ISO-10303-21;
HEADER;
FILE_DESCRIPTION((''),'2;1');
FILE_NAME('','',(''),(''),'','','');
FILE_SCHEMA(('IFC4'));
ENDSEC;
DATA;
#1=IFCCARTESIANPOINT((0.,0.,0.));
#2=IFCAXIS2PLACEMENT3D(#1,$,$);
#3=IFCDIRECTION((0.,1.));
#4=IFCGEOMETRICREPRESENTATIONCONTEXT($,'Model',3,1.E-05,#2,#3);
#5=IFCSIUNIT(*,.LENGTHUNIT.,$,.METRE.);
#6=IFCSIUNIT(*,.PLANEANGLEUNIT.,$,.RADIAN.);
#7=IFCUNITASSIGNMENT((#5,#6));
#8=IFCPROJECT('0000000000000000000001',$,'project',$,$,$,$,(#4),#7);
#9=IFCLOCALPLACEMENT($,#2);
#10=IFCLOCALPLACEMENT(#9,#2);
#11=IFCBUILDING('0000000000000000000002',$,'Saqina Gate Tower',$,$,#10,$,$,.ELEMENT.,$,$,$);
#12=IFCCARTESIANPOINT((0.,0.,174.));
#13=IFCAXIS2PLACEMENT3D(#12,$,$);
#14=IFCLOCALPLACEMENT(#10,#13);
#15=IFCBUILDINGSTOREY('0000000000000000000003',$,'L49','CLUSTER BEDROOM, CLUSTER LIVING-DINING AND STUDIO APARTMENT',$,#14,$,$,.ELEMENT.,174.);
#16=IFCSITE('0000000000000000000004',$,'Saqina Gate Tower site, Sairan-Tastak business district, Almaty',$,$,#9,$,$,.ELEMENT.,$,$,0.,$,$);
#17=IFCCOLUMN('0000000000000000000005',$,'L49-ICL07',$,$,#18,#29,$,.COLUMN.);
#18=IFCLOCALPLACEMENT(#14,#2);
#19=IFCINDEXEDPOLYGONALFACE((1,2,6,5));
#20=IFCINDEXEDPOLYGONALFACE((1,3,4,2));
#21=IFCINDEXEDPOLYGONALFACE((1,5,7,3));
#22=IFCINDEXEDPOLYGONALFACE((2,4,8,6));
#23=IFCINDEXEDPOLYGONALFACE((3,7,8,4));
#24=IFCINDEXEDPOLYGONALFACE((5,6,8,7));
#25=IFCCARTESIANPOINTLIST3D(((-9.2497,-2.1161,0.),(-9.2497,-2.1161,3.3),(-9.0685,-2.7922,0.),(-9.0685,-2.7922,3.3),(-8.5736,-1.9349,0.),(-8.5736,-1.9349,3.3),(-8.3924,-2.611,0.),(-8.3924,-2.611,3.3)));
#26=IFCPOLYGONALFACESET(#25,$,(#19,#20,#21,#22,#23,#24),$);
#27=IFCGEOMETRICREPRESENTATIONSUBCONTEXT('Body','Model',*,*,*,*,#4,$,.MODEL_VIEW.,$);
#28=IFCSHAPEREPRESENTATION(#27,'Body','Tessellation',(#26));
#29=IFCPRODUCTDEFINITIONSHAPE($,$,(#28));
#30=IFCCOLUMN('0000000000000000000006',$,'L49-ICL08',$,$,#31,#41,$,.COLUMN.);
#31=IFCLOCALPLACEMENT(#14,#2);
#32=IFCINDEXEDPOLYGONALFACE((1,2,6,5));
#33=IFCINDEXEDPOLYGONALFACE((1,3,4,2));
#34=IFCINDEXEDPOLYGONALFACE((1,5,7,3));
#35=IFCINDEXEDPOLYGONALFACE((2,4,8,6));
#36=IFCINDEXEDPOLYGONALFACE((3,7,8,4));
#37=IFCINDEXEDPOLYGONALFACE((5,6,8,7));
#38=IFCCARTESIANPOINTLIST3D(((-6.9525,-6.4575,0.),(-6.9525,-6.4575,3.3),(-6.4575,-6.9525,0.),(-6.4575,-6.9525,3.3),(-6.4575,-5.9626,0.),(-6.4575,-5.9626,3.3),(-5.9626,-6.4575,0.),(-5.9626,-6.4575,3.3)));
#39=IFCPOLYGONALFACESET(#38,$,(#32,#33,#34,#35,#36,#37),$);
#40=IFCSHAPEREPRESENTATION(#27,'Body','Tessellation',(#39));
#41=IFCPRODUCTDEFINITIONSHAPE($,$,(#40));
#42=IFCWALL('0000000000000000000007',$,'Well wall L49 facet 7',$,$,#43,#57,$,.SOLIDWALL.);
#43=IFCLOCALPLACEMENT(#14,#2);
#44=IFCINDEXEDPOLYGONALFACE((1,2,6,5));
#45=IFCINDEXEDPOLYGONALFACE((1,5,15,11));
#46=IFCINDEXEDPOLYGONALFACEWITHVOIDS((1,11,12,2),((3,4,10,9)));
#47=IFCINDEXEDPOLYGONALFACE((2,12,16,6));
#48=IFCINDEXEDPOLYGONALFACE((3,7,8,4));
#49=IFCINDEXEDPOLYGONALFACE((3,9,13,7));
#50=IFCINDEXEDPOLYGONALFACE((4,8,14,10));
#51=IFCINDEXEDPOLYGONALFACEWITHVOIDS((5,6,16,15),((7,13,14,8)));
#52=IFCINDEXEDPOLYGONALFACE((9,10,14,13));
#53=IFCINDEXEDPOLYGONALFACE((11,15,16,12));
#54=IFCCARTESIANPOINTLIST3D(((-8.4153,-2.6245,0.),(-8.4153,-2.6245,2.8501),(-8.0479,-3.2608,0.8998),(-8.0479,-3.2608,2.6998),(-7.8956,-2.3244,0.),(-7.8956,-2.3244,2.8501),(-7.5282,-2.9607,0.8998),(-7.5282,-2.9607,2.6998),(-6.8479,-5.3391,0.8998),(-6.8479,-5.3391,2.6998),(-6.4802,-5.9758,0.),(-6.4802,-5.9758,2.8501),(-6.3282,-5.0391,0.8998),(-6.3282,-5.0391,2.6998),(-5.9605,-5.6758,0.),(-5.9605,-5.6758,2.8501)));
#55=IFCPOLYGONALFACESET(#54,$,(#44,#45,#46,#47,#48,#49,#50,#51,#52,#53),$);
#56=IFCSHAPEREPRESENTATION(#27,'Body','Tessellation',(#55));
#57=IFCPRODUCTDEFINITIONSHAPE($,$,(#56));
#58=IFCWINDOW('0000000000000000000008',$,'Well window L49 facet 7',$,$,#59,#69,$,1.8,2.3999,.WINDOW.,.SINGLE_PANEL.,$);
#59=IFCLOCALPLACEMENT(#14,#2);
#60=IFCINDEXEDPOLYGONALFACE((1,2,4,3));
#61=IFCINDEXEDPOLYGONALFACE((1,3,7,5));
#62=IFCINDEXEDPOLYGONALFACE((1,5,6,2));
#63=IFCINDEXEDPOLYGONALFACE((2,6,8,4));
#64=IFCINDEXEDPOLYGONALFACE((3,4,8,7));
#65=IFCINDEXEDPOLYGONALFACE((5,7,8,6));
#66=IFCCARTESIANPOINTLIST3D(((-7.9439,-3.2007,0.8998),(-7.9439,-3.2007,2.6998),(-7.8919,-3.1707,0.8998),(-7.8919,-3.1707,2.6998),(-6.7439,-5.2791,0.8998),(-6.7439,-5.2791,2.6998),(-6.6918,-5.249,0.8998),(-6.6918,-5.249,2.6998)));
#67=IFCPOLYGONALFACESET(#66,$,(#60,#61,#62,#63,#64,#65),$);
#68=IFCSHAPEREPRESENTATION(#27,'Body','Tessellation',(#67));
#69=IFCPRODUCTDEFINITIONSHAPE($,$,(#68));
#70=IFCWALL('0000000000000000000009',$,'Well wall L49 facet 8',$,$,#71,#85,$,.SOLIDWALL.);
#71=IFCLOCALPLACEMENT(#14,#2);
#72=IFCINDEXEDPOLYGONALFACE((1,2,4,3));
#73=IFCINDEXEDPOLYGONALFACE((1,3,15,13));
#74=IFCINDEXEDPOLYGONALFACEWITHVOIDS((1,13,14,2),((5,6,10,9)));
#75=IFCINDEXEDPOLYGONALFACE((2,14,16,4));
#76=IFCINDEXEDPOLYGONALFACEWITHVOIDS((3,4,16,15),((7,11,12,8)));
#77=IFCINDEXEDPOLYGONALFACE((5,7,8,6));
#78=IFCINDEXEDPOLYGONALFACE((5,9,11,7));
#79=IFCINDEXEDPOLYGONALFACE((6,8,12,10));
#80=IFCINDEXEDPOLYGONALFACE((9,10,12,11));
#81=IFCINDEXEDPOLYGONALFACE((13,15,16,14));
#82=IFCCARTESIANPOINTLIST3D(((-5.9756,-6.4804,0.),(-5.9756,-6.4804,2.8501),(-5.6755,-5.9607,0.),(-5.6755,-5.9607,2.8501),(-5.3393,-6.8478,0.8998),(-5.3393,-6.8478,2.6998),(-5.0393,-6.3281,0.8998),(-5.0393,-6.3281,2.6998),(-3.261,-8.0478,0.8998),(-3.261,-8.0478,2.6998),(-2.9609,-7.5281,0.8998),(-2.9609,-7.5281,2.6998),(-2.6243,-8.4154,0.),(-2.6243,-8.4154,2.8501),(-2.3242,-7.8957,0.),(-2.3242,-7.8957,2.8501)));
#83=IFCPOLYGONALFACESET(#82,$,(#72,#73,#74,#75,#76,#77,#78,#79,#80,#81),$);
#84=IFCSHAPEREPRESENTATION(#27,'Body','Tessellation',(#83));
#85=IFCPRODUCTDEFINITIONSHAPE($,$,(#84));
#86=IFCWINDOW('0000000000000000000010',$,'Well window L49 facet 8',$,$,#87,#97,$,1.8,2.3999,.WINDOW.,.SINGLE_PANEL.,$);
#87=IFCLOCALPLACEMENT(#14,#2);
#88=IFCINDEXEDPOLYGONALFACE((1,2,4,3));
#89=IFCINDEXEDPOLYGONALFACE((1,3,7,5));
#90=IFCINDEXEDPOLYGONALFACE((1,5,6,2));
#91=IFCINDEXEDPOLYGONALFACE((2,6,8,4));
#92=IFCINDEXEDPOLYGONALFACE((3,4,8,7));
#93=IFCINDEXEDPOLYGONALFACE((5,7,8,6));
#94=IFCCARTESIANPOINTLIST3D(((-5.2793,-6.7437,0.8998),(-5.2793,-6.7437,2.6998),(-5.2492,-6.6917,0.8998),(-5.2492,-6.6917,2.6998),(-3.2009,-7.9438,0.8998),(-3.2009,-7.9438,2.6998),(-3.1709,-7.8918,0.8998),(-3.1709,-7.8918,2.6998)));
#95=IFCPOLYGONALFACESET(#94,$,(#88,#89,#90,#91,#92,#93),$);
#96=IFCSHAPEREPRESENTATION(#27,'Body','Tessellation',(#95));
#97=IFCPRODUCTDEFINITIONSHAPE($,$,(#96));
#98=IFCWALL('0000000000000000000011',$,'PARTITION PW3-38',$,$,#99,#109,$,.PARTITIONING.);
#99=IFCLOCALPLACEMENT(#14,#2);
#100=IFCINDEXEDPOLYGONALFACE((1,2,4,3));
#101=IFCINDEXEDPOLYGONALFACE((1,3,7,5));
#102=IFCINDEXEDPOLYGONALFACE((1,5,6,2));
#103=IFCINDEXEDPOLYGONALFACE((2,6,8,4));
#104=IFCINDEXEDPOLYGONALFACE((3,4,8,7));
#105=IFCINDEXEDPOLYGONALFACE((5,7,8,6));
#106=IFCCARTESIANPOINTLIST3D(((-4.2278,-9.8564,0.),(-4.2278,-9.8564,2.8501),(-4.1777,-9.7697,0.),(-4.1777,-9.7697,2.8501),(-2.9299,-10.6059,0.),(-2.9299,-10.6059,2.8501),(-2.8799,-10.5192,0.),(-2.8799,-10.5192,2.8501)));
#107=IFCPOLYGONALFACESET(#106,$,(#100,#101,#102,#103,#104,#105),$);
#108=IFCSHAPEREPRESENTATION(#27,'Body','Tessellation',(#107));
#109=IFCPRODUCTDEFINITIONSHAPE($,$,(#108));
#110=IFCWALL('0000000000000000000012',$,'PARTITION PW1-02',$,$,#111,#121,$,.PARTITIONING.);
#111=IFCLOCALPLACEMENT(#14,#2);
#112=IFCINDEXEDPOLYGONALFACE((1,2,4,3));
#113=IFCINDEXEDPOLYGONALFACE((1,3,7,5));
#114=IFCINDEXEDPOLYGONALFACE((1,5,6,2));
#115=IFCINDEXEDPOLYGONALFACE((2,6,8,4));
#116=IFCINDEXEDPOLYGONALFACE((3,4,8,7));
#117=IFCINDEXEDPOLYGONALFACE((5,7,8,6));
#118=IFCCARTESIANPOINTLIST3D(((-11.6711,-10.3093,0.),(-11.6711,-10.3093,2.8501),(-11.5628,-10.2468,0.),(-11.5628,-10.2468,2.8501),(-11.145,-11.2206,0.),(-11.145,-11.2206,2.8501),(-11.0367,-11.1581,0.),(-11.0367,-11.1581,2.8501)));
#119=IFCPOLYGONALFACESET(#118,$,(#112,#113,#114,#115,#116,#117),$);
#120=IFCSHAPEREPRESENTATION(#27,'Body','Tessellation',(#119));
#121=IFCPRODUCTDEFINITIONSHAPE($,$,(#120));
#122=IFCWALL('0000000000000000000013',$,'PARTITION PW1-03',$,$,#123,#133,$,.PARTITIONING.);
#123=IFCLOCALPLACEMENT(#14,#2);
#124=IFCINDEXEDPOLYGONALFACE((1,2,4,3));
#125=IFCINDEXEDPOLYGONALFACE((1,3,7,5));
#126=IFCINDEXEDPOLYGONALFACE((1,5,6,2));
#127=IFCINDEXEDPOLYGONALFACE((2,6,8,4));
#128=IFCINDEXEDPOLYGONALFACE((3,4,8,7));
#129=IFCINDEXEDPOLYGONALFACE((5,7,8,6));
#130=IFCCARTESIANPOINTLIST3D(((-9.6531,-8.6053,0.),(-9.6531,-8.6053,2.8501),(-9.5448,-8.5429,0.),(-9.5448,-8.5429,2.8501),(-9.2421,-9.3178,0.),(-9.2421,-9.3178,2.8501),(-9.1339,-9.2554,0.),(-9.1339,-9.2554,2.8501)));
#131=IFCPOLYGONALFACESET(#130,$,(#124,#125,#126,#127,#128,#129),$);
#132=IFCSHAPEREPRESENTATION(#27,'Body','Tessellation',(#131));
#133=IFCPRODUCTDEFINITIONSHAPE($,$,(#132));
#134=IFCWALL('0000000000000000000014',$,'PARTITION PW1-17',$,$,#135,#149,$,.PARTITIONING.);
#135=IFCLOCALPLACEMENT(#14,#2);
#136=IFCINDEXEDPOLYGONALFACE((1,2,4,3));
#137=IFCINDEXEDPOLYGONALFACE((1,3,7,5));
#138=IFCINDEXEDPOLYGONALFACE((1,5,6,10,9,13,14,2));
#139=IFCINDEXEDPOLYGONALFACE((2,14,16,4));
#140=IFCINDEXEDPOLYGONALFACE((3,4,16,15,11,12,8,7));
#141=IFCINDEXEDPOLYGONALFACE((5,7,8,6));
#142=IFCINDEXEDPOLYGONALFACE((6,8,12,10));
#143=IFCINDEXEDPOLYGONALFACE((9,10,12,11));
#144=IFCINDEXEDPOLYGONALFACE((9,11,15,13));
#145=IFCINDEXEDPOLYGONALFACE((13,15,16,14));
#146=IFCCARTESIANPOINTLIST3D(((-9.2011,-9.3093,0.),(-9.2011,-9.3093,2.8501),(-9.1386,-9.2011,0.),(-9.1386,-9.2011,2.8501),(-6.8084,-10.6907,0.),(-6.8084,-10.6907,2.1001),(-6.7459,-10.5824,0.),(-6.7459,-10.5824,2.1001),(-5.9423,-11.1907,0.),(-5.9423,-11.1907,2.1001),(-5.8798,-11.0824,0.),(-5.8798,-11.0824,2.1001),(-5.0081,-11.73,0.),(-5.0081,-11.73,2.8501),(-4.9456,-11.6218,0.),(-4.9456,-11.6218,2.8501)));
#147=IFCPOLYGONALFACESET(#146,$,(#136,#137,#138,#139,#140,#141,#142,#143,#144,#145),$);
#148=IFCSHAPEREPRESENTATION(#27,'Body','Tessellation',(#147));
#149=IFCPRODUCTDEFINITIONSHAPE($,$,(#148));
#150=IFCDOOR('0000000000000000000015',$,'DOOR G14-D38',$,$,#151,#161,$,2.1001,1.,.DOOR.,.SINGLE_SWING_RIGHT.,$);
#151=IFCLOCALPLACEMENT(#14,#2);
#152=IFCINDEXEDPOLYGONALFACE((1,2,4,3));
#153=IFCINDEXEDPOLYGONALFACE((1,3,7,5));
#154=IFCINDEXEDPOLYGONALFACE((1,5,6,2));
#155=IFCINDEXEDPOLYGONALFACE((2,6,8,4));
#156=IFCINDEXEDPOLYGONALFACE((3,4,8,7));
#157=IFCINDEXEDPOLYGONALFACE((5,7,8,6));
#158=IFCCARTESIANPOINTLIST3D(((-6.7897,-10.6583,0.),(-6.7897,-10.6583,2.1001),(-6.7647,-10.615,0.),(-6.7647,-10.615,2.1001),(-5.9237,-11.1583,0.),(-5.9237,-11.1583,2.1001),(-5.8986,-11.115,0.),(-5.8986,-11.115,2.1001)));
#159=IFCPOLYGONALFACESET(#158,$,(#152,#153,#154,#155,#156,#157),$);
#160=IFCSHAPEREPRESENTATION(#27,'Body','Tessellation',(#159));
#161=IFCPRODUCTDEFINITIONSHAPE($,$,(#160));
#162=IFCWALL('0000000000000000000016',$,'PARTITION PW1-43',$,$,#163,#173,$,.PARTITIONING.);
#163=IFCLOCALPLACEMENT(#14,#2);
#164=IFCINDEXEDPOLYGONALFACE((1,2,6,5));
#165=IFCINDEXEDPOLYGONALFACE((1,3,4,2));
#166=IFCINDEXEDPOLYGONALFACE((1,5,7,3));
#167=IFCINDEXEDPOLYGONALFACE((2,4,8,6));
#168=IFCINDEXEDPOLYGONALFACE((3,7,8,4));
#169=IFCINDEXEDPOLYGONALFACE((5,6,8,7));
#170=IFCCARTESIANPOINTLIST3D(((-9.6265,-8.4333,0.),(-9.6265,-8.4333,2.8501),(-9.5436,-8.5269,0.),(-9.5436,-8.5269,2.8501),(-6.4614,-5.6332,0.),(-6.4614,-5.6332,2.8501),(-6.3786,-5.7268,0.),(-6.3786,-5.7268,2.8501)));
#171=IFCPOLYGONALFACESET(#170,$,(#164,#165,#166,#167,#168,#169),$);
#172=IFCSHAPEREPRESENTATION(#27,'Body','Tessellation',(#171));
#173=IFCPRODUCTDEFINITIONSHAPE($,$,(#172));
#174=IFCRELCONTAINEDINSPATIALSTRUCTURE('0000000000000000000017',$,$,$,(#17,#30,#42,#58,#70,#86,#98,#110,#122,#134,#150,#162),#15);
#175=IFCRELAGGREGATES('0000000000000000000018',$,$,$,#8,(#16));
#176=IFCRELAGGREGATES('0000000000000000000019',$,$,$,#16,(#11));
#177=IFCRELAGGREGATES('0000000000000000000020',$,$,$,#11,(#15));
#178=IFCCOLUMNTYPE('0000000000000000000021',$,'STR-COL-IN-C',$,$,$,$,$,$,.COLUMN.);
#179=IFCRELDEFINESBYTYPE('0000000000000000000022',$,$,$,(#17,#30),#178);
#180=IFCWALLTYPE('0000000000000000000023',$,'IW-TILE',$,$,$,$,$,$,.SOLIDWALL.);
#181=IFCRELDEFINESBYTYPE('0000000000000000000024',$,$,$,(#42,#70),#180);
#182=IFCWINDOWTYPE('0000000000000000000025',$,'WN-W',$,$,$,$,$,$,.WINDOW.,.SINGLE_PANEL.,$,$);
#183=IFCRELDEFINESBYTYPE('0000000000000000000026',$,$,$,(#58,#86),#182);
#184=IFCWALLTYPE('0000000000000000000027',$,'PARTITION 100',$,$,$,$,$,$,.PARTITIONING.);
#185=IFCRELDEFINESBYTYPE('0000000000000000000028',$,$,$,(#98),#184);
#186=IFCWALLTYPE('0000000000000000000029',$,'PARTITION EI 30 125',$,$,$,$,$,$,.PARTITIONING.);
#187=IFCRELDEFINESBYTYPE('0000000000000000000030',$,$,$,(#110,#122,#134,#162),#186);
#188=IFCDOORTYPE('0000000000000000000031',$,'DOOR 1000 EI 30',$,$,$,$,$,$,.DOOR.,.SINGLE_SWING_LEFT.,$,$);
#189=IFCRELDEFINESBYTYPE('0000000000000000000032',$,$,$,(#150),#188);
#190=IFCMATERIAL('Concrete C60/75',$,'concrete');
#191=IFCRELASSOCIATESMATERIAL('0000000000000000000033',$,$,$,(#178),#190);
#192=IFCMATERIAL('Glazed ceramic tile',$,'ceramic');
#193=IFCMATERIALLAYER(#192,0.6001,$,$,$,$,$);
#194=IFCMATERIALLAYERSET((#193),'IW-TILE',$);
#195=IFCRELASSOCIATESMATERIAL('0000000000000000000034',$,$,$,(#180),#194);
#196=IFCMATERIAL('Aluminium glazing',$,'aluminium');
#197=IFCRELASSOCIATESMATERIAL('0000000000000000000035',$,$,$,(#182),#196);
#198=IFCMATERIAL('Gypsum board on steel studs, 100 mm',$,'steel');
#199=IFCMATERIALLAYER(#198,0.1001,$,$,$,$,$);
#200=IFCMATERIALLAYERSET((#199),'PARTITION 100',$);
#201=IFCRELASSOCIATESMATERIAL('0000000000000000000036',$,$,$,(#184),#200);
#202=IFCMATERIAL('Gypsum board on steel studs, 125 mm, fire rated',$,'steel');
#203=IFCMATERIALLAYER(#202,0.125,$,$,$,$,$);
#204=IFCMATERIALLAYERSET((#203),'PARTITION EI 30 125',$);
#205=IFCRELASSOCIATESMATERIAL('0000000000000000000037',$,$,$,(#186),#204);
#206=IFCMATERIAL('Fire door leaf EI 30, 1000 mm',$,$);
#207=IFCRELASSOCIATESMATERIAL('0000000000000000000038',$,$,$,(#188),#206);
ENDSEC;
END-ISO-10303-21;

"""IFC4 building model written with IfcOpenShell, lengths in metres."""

from ifc_helpers import new_model, si_unit, direction, frame, frame_2d, origin, origin_2d, place, context, subcontext, project, spatial, rectangle, extrude, material, layer, layer_set, material_profile, profile_set, type_object, element, fill, save


model = new_model("IFC4")

# Units and contexts
model_context = context("Model", 3, precision=1e-05, world=origin(), true_north=direction((0.0, 1.0)))
body_context = subcontext(model_context, "Body", "Model", "MODEL_VIEW")
ifc_project = project(units=[si_unit("LENGTHUNIT", "METRE"), si_unit("PLANEANGLEUNIT", "RADIAN")], contexts=[model_context])

# Site, building, storey
site_placement = place(None, origin())
site = spatial("IfcSite", under=ifc_project, at=site_placement, Name="Saqina Gate Tower site, Sairan-Tastak business district, Almaty", CompositionType="ELEMENT", RefElevation=0.0)
building_placement = place(site_placement, origin())
building = spatial("IfcBuilding", under=site, at=building_placement, Name="Saqina Gate Tower", CompositionType="ELEMENT")
storey_placement = place(building_placement, frame((0.0, 0.0, 174.0)))
storey = spatial("IfcBuildingStorey", under=building, at=storey_placement, Name="L49", Description="CLUSTER BEDROOM, CLUSTER LIVING-DINING AND STUDIO APARTMENT", CompositionType="ELEMENT", Elevation=174.0)

# Columns
ifc_material_1 = material(Name="Concrete C60/75", Category="concrete")
ifc_material_profile = material_profile(ifc_material_1, rectangle(XDim=0.7, YDim=0.7, at=origin_2d()), Name="RC 700x700")
ifc_profile_set = profile_set([ifc_material_profile], Name="Concrete C60/75")
column_type = type_object("IfcColumnType", Name="STR-COL-IN-C", PredefinedType="COLUMN", material=ifc_profile_set)
for number, where, z_axis, x_axis, name in (
    (1, (-8.821, -2.3635, 0.0), (0.0, 0.0, 1.0), (-0.965926, -0.258819, 0.0), "L49-ICL07"),
    (2, (-6.4575, -6.4575, 0.0), (0.0, 0.0, 1.0), (-0.707107, -0.707107, 0.0), "L49-ICL08"),
):
    element("IfcColumn", number, at=place(storey_placement, frame(where, z_axis=z_axis, x_axis=x_axis)), inside=storey, type_object=column_type, Name=name, PredefinedType="COLUMN", context=body_context, shape_type="SweptSolid", body=[
        extrude(rectangle(XDim=0.7, YDim=0.7, at=origin_2d()), origin(), (0.0, 0.0, 1.0), 3.3),
    ])

# Walls, openings, windows
ifc_material_2 = material(Name="Glazed ceramic tile", Category="ceramic")
ifc_layer_1 = layer(ifc_material_2, 0.6001)
ifc_layer_set_1 = layer_set([ifc_layer_1], Name="IW-TILE")
wall_type_1 = type_object("IfcWallType", Name="IW-TILE", PredefinedType="SOLIDWALL", material=ifc_layer_set_1)
wall_1_placement = place(storey_placement, frame((-8.1555, -2.4744, 0.0), z_axis=(0.0, 0.0, 1.0), x_axis=(0.500034, -0.866006, 0.0)))
wall_1 = element("IfcWall", 3, at=wall_1_placement, inside=storey, type_object=wall_type_1, Name="Well wall L49 facet 7", PredefinedType="SOLIDWALL", context=body_context, shape_type="SweptSolid", body=[
    extrude(rectangle(XDim=3.8699, YDim=0.6001, at=frame_2d((1.9351, 0.0))), origin(), (0.0, 0.0, 1.0), 2.8501),
])
opening_1_placement = place(wall_1_placement, frame((0.7349, 0.0, 0.8999)))
opening_1 = element("IfcOpeningElement", 4, at=opening_1_placement, cuts=wall_1, PredefinedType="OPENING", context=body_context, shape_type="SweptSolid", body=[
    extrude(rectangle(XDim=2.3999, YDim=1.8, at=frame_2d((1.2, 0.8999))), frame((0.0, 0.312, 0.0), z_axis=(0.0, -1.0, 0.0), x_axis=(1.0, 0.0, 0.0)), (0.0, 0.0, 1.0), 0.624),
])
ifc_material_3 = material(Name="Aluminium glazing", Category="aluminium")
window_type = type_object("IfcWindowType", Name="WN-W", PartitioningType="SINGLE_PANEL", PredefinedType="WINDOW", material=ifc_material_3)
window_1_placement = place(opening_1_placement, origin())
window_1 = element("IfcWindow", 5, at=window_1_placement, inside=storey, type_object=window_type, Name="Well window L49 facet 7", OverallHeight=1.8, OverallWidth=2.3999, PartitioningType="SINGLE_PANEL", PredefinedType="WINDOW", context=body_context, shape_type="SweptSolid", body=[
    extrude(rectangle(XDim=2.3999, YDim=1.8, at=frame_2d((1.2, 0.8999))), frame((0.0, -0.1199, 0.0), z_axis=(0.0, -1.0, 0.0), x_axis=(1.0, 0.0, 0.0)), (0.0, 0.0, 1.0), 0.0601),
])
fill(opening_1, window_1)
wall_2_placement = place(storey_placement, frame((-5.8257, -6.2205, 0.0), z_axis=(0.0, 0.0, 1.0), x_axis=(0.866006, -0.500034, 0.0)))
wall_2 = element("IfcWall", 6, at=wall_2_placement, inside=storey, type_object=wall_type_1, Name="Well wall L49 facet 8", PredefinedType="SOLIDWALL", context=body_context, shape_type="SweptSolid", body=[
    extrude(rectangle(XDim=3.8699, YDim=0.6001, at=frame_2d((1.9351, 0.0))), origin(), (0.0, 0.0, 1.0), 2.8501),
])
opening_2_placement = place(wall_2_placement, frame((0.7349, 0.0, 0.8999)))
opening_2 = element("IfcOpeningElement", 7, at=opening_2_placement, cuts=wall_2, PredefinedType="OPENING", context=body_context, shape_type="SweptSolid", body=[
    extrude(rectangle(XDim=2.3999, YDim=1.8, at=frame_2d((1.2, 0.8999))), frame((0.0, 0.312, 0.0), z_axis=(0.0, -1.0, 0.0), x_axis=(1.0, 0.0, 0.0)), (0.0, 0.0, 1.0), 0.624),
])
window_2_placement = place(opening_2_placement, origin())
window_2 = element("IfcWindow", 8, at=window_2_placement, inside=storey, type_object=window_type, Name="Well window L49 facet 8", OverallHeight=1.8, OverallWidth=2.3999, PartitioningType="SINGLE_PANEL", PredefinedType="WINDOW", context=body_context, shape_type="SweptSolid", body=[
    extrude(rectangle(XDim=2.3999, YDim=1.8, at=frame_2d((1.2, 0.8999))), frame((0.0, -0.1199, 0.0), z_axis=(0.0, -1.0, 0.0), x_axis=(1.0, 0.0, 0.0)), (0.0, 0.0, 1.0), 0.0601),
])
fill(opening_2, window_2)

# Walls
ifc_material_4 = material(Name="Gypsum board on steel studs, 100 mm", Category="steel")
ifc_layer_2 = layer(ifc_material_4, 0.1001)
ifc_layer_set_2 = layer_set([ifc_layer_2], Name="PARTITION 100")
wall_type_2 = type_object("IfcWallType", Name="PARTITION 100", PredefinedType="PARTITIONING", material=ifc_layer_set_2)
wall_3_placement = place(storey_placement, frame((-4.2029, -9.813, 0.0), z_axis=(0.0, 0.0, 1.0), x_axis=(0.865969, -0.500098, 0.0)))
element("IfcWall", 9, at=wall_3_placement, inside=storey, type_object=wall_type_2, Name="PARTITION PW3-38", PredefinedType="PARTITIONING", context=body_context, shape_type="SweptSolid", body=[
    extrude(rectangle(XDim=1.4988, YDim=0.1001, at=frame_2d((0.7495, 0.0))), origin(), (0.0, 0.0, 1.0), 2.8501),
])
ifc_material_5 = material(Name="Gypsum board on steel studs, 125 mm, fire rated", Category="steel")
ifc_layer_3 = layer(ifc_material_5, 0.125)
ifc_layer_set_3 = layer_set([ifc_layer_3], Name="PARTITION EI 30 125")
wall_type_3 = type_object("IfcWallType", Name="PARTITION EI 30 125", PredefinedType="PARTITIONING", material=ifc_layer_set_3)
wall_4_placement = place(storey_placement, frame((-11.6169, -10.2781, 0.0), z_axis=(0.0, 0.0, 1.0), x_axis=(0.499957, -0.86605, 0.0)))
element("IfcWall", 10, at=wall_4_placement, inside=storey, type_object=wall_type_3, Name="PARTITION PW1-02", PredefinedType="PARTITIONING", context=body_context, shape_type="SweptSolid", body=[
    extrude(rectangle(XDim=1.0522, YDim=0.125, at=frame_2d((0.5261, 0.0))), origin(), (0.0, 0.0, 1.0), 2.8501),
])
wall_5_placement = place(storey_placement, frame((-9.5989, -8.5742, 0.0), z_axis=(0.0, 0.0, 1.0), x_axis=(0.49962, -0.866245, 0.0)))
element("IfcWall", 11, at=wall_5_placement, inside=storey, type_object=wall_type_3, Name="PARTITION PW1-03", PredefinedType="PARTITIONING", context=body_context, shape_type="SweptSolid", body=[
    extrude(rectangle(XDim=0.8225, YDim=0.125, at=frame_2d((0.4111, 0.0))), origin(), (0.0, 0.0, 1.0), 2.8501),
])

# Wall, opening, door
wall_6_placement = place(storey_placement, frame((-9.1699, -9.2551, 0.0), z_axis=(0.0, 0.0, 1.0), x_axis=(0.866034, -0.499984, 0.0)))
wall_6 = element("IfcWall", 12, at=wall_6_placement, inside=storey, type_object=wall_type_3, Name="PARTITION PW1-17", PredefinedType="PARTITIONING", context=body_context, shape_type="SweptSolid", body=[
    extrude(rectangle(XDim=4.8416, YDim=0.125, at=frame_2d((2.4209, 0.0))), origin(), (0.0, 0.0, 1.0), 2.8501),
])
opening_3_placement = place(wall_6_placement, frame((2.7629, 0.0, 0.0)))
opening_3 = element("IfcOpeningElement", 13, at=opening_3_placement, cuts=wall_6, PredefinedType="OPENING", context=body_context, shape_type="SweptSolid", body=[
    extrude(rectangle(XDim=1.0, YDim=2.1001, at=frame_2d((0.5, 1.05))), frame((0.0, 0.0745, 0.0), z_axis=(0.0, -1.0, 0.0), x_axis=(1.0, 0.0, 0.0)), (0.0, 0.0, 1.0), 0.1489),
])
ifc_material_6 = material(Name="Fire door leaf EI 30, 1000 mm")
door_type_1 = type_object("IfcDoorType", Name="DOOR 1000 EI 30", OperationType="SINGLE_SWING_LEFT", PredefinedType="DOOR", material=ifc_material_6)
door_1_placement = place(opening_3_placement, origin())
door_1 = element("IfcDoor", 14, at=door_1_placement, inside=storey, type_object=door_type_1, Name="DOOR G14-D38", OperationType="SINGLE_SWING_RIGHT", OverallHeight=2.1001, OverallWidth=1.0, PredefinedType="DOOR", context=body_context, shape_type="SweptSolid", body=[
    extrude(rectangle(XDim=1.0, YDim=2.1001, at=frame_2d((0.5, 1.05))), frame((0.0, 0.0249, 0.0), z_axis=(0.0, -1.0, 0.0), x_axis=(1.0, 0.0, 0.0)), (0.0, 0.0, 1.0), 0.05),
])
fill(opening_3, door_1)

# Wall
wall_7_placement = place(storey_placement, frame((-9.585, -8.48, 0.0), z_axis=(0.0, 0.0, 1.0), x_axis=(0.748972, 0.662601, 0.0)))
element("IfcWall", 15, at=wall_7_placement, inside=storey, type_object=wall_type_3, Name="PARTITION PW1-43", PredefinedType="PARTITIONING", context=body_context, shape_type="SweptSolid", body=[
    extrude(rectangle(XDim=4.2258, YDim=0.125, at=frame_2d((2.1128, 0.0))), origin(), (0.0, 0.0, 1.0), 2.8501),
])

save(model, "model.ifc")
